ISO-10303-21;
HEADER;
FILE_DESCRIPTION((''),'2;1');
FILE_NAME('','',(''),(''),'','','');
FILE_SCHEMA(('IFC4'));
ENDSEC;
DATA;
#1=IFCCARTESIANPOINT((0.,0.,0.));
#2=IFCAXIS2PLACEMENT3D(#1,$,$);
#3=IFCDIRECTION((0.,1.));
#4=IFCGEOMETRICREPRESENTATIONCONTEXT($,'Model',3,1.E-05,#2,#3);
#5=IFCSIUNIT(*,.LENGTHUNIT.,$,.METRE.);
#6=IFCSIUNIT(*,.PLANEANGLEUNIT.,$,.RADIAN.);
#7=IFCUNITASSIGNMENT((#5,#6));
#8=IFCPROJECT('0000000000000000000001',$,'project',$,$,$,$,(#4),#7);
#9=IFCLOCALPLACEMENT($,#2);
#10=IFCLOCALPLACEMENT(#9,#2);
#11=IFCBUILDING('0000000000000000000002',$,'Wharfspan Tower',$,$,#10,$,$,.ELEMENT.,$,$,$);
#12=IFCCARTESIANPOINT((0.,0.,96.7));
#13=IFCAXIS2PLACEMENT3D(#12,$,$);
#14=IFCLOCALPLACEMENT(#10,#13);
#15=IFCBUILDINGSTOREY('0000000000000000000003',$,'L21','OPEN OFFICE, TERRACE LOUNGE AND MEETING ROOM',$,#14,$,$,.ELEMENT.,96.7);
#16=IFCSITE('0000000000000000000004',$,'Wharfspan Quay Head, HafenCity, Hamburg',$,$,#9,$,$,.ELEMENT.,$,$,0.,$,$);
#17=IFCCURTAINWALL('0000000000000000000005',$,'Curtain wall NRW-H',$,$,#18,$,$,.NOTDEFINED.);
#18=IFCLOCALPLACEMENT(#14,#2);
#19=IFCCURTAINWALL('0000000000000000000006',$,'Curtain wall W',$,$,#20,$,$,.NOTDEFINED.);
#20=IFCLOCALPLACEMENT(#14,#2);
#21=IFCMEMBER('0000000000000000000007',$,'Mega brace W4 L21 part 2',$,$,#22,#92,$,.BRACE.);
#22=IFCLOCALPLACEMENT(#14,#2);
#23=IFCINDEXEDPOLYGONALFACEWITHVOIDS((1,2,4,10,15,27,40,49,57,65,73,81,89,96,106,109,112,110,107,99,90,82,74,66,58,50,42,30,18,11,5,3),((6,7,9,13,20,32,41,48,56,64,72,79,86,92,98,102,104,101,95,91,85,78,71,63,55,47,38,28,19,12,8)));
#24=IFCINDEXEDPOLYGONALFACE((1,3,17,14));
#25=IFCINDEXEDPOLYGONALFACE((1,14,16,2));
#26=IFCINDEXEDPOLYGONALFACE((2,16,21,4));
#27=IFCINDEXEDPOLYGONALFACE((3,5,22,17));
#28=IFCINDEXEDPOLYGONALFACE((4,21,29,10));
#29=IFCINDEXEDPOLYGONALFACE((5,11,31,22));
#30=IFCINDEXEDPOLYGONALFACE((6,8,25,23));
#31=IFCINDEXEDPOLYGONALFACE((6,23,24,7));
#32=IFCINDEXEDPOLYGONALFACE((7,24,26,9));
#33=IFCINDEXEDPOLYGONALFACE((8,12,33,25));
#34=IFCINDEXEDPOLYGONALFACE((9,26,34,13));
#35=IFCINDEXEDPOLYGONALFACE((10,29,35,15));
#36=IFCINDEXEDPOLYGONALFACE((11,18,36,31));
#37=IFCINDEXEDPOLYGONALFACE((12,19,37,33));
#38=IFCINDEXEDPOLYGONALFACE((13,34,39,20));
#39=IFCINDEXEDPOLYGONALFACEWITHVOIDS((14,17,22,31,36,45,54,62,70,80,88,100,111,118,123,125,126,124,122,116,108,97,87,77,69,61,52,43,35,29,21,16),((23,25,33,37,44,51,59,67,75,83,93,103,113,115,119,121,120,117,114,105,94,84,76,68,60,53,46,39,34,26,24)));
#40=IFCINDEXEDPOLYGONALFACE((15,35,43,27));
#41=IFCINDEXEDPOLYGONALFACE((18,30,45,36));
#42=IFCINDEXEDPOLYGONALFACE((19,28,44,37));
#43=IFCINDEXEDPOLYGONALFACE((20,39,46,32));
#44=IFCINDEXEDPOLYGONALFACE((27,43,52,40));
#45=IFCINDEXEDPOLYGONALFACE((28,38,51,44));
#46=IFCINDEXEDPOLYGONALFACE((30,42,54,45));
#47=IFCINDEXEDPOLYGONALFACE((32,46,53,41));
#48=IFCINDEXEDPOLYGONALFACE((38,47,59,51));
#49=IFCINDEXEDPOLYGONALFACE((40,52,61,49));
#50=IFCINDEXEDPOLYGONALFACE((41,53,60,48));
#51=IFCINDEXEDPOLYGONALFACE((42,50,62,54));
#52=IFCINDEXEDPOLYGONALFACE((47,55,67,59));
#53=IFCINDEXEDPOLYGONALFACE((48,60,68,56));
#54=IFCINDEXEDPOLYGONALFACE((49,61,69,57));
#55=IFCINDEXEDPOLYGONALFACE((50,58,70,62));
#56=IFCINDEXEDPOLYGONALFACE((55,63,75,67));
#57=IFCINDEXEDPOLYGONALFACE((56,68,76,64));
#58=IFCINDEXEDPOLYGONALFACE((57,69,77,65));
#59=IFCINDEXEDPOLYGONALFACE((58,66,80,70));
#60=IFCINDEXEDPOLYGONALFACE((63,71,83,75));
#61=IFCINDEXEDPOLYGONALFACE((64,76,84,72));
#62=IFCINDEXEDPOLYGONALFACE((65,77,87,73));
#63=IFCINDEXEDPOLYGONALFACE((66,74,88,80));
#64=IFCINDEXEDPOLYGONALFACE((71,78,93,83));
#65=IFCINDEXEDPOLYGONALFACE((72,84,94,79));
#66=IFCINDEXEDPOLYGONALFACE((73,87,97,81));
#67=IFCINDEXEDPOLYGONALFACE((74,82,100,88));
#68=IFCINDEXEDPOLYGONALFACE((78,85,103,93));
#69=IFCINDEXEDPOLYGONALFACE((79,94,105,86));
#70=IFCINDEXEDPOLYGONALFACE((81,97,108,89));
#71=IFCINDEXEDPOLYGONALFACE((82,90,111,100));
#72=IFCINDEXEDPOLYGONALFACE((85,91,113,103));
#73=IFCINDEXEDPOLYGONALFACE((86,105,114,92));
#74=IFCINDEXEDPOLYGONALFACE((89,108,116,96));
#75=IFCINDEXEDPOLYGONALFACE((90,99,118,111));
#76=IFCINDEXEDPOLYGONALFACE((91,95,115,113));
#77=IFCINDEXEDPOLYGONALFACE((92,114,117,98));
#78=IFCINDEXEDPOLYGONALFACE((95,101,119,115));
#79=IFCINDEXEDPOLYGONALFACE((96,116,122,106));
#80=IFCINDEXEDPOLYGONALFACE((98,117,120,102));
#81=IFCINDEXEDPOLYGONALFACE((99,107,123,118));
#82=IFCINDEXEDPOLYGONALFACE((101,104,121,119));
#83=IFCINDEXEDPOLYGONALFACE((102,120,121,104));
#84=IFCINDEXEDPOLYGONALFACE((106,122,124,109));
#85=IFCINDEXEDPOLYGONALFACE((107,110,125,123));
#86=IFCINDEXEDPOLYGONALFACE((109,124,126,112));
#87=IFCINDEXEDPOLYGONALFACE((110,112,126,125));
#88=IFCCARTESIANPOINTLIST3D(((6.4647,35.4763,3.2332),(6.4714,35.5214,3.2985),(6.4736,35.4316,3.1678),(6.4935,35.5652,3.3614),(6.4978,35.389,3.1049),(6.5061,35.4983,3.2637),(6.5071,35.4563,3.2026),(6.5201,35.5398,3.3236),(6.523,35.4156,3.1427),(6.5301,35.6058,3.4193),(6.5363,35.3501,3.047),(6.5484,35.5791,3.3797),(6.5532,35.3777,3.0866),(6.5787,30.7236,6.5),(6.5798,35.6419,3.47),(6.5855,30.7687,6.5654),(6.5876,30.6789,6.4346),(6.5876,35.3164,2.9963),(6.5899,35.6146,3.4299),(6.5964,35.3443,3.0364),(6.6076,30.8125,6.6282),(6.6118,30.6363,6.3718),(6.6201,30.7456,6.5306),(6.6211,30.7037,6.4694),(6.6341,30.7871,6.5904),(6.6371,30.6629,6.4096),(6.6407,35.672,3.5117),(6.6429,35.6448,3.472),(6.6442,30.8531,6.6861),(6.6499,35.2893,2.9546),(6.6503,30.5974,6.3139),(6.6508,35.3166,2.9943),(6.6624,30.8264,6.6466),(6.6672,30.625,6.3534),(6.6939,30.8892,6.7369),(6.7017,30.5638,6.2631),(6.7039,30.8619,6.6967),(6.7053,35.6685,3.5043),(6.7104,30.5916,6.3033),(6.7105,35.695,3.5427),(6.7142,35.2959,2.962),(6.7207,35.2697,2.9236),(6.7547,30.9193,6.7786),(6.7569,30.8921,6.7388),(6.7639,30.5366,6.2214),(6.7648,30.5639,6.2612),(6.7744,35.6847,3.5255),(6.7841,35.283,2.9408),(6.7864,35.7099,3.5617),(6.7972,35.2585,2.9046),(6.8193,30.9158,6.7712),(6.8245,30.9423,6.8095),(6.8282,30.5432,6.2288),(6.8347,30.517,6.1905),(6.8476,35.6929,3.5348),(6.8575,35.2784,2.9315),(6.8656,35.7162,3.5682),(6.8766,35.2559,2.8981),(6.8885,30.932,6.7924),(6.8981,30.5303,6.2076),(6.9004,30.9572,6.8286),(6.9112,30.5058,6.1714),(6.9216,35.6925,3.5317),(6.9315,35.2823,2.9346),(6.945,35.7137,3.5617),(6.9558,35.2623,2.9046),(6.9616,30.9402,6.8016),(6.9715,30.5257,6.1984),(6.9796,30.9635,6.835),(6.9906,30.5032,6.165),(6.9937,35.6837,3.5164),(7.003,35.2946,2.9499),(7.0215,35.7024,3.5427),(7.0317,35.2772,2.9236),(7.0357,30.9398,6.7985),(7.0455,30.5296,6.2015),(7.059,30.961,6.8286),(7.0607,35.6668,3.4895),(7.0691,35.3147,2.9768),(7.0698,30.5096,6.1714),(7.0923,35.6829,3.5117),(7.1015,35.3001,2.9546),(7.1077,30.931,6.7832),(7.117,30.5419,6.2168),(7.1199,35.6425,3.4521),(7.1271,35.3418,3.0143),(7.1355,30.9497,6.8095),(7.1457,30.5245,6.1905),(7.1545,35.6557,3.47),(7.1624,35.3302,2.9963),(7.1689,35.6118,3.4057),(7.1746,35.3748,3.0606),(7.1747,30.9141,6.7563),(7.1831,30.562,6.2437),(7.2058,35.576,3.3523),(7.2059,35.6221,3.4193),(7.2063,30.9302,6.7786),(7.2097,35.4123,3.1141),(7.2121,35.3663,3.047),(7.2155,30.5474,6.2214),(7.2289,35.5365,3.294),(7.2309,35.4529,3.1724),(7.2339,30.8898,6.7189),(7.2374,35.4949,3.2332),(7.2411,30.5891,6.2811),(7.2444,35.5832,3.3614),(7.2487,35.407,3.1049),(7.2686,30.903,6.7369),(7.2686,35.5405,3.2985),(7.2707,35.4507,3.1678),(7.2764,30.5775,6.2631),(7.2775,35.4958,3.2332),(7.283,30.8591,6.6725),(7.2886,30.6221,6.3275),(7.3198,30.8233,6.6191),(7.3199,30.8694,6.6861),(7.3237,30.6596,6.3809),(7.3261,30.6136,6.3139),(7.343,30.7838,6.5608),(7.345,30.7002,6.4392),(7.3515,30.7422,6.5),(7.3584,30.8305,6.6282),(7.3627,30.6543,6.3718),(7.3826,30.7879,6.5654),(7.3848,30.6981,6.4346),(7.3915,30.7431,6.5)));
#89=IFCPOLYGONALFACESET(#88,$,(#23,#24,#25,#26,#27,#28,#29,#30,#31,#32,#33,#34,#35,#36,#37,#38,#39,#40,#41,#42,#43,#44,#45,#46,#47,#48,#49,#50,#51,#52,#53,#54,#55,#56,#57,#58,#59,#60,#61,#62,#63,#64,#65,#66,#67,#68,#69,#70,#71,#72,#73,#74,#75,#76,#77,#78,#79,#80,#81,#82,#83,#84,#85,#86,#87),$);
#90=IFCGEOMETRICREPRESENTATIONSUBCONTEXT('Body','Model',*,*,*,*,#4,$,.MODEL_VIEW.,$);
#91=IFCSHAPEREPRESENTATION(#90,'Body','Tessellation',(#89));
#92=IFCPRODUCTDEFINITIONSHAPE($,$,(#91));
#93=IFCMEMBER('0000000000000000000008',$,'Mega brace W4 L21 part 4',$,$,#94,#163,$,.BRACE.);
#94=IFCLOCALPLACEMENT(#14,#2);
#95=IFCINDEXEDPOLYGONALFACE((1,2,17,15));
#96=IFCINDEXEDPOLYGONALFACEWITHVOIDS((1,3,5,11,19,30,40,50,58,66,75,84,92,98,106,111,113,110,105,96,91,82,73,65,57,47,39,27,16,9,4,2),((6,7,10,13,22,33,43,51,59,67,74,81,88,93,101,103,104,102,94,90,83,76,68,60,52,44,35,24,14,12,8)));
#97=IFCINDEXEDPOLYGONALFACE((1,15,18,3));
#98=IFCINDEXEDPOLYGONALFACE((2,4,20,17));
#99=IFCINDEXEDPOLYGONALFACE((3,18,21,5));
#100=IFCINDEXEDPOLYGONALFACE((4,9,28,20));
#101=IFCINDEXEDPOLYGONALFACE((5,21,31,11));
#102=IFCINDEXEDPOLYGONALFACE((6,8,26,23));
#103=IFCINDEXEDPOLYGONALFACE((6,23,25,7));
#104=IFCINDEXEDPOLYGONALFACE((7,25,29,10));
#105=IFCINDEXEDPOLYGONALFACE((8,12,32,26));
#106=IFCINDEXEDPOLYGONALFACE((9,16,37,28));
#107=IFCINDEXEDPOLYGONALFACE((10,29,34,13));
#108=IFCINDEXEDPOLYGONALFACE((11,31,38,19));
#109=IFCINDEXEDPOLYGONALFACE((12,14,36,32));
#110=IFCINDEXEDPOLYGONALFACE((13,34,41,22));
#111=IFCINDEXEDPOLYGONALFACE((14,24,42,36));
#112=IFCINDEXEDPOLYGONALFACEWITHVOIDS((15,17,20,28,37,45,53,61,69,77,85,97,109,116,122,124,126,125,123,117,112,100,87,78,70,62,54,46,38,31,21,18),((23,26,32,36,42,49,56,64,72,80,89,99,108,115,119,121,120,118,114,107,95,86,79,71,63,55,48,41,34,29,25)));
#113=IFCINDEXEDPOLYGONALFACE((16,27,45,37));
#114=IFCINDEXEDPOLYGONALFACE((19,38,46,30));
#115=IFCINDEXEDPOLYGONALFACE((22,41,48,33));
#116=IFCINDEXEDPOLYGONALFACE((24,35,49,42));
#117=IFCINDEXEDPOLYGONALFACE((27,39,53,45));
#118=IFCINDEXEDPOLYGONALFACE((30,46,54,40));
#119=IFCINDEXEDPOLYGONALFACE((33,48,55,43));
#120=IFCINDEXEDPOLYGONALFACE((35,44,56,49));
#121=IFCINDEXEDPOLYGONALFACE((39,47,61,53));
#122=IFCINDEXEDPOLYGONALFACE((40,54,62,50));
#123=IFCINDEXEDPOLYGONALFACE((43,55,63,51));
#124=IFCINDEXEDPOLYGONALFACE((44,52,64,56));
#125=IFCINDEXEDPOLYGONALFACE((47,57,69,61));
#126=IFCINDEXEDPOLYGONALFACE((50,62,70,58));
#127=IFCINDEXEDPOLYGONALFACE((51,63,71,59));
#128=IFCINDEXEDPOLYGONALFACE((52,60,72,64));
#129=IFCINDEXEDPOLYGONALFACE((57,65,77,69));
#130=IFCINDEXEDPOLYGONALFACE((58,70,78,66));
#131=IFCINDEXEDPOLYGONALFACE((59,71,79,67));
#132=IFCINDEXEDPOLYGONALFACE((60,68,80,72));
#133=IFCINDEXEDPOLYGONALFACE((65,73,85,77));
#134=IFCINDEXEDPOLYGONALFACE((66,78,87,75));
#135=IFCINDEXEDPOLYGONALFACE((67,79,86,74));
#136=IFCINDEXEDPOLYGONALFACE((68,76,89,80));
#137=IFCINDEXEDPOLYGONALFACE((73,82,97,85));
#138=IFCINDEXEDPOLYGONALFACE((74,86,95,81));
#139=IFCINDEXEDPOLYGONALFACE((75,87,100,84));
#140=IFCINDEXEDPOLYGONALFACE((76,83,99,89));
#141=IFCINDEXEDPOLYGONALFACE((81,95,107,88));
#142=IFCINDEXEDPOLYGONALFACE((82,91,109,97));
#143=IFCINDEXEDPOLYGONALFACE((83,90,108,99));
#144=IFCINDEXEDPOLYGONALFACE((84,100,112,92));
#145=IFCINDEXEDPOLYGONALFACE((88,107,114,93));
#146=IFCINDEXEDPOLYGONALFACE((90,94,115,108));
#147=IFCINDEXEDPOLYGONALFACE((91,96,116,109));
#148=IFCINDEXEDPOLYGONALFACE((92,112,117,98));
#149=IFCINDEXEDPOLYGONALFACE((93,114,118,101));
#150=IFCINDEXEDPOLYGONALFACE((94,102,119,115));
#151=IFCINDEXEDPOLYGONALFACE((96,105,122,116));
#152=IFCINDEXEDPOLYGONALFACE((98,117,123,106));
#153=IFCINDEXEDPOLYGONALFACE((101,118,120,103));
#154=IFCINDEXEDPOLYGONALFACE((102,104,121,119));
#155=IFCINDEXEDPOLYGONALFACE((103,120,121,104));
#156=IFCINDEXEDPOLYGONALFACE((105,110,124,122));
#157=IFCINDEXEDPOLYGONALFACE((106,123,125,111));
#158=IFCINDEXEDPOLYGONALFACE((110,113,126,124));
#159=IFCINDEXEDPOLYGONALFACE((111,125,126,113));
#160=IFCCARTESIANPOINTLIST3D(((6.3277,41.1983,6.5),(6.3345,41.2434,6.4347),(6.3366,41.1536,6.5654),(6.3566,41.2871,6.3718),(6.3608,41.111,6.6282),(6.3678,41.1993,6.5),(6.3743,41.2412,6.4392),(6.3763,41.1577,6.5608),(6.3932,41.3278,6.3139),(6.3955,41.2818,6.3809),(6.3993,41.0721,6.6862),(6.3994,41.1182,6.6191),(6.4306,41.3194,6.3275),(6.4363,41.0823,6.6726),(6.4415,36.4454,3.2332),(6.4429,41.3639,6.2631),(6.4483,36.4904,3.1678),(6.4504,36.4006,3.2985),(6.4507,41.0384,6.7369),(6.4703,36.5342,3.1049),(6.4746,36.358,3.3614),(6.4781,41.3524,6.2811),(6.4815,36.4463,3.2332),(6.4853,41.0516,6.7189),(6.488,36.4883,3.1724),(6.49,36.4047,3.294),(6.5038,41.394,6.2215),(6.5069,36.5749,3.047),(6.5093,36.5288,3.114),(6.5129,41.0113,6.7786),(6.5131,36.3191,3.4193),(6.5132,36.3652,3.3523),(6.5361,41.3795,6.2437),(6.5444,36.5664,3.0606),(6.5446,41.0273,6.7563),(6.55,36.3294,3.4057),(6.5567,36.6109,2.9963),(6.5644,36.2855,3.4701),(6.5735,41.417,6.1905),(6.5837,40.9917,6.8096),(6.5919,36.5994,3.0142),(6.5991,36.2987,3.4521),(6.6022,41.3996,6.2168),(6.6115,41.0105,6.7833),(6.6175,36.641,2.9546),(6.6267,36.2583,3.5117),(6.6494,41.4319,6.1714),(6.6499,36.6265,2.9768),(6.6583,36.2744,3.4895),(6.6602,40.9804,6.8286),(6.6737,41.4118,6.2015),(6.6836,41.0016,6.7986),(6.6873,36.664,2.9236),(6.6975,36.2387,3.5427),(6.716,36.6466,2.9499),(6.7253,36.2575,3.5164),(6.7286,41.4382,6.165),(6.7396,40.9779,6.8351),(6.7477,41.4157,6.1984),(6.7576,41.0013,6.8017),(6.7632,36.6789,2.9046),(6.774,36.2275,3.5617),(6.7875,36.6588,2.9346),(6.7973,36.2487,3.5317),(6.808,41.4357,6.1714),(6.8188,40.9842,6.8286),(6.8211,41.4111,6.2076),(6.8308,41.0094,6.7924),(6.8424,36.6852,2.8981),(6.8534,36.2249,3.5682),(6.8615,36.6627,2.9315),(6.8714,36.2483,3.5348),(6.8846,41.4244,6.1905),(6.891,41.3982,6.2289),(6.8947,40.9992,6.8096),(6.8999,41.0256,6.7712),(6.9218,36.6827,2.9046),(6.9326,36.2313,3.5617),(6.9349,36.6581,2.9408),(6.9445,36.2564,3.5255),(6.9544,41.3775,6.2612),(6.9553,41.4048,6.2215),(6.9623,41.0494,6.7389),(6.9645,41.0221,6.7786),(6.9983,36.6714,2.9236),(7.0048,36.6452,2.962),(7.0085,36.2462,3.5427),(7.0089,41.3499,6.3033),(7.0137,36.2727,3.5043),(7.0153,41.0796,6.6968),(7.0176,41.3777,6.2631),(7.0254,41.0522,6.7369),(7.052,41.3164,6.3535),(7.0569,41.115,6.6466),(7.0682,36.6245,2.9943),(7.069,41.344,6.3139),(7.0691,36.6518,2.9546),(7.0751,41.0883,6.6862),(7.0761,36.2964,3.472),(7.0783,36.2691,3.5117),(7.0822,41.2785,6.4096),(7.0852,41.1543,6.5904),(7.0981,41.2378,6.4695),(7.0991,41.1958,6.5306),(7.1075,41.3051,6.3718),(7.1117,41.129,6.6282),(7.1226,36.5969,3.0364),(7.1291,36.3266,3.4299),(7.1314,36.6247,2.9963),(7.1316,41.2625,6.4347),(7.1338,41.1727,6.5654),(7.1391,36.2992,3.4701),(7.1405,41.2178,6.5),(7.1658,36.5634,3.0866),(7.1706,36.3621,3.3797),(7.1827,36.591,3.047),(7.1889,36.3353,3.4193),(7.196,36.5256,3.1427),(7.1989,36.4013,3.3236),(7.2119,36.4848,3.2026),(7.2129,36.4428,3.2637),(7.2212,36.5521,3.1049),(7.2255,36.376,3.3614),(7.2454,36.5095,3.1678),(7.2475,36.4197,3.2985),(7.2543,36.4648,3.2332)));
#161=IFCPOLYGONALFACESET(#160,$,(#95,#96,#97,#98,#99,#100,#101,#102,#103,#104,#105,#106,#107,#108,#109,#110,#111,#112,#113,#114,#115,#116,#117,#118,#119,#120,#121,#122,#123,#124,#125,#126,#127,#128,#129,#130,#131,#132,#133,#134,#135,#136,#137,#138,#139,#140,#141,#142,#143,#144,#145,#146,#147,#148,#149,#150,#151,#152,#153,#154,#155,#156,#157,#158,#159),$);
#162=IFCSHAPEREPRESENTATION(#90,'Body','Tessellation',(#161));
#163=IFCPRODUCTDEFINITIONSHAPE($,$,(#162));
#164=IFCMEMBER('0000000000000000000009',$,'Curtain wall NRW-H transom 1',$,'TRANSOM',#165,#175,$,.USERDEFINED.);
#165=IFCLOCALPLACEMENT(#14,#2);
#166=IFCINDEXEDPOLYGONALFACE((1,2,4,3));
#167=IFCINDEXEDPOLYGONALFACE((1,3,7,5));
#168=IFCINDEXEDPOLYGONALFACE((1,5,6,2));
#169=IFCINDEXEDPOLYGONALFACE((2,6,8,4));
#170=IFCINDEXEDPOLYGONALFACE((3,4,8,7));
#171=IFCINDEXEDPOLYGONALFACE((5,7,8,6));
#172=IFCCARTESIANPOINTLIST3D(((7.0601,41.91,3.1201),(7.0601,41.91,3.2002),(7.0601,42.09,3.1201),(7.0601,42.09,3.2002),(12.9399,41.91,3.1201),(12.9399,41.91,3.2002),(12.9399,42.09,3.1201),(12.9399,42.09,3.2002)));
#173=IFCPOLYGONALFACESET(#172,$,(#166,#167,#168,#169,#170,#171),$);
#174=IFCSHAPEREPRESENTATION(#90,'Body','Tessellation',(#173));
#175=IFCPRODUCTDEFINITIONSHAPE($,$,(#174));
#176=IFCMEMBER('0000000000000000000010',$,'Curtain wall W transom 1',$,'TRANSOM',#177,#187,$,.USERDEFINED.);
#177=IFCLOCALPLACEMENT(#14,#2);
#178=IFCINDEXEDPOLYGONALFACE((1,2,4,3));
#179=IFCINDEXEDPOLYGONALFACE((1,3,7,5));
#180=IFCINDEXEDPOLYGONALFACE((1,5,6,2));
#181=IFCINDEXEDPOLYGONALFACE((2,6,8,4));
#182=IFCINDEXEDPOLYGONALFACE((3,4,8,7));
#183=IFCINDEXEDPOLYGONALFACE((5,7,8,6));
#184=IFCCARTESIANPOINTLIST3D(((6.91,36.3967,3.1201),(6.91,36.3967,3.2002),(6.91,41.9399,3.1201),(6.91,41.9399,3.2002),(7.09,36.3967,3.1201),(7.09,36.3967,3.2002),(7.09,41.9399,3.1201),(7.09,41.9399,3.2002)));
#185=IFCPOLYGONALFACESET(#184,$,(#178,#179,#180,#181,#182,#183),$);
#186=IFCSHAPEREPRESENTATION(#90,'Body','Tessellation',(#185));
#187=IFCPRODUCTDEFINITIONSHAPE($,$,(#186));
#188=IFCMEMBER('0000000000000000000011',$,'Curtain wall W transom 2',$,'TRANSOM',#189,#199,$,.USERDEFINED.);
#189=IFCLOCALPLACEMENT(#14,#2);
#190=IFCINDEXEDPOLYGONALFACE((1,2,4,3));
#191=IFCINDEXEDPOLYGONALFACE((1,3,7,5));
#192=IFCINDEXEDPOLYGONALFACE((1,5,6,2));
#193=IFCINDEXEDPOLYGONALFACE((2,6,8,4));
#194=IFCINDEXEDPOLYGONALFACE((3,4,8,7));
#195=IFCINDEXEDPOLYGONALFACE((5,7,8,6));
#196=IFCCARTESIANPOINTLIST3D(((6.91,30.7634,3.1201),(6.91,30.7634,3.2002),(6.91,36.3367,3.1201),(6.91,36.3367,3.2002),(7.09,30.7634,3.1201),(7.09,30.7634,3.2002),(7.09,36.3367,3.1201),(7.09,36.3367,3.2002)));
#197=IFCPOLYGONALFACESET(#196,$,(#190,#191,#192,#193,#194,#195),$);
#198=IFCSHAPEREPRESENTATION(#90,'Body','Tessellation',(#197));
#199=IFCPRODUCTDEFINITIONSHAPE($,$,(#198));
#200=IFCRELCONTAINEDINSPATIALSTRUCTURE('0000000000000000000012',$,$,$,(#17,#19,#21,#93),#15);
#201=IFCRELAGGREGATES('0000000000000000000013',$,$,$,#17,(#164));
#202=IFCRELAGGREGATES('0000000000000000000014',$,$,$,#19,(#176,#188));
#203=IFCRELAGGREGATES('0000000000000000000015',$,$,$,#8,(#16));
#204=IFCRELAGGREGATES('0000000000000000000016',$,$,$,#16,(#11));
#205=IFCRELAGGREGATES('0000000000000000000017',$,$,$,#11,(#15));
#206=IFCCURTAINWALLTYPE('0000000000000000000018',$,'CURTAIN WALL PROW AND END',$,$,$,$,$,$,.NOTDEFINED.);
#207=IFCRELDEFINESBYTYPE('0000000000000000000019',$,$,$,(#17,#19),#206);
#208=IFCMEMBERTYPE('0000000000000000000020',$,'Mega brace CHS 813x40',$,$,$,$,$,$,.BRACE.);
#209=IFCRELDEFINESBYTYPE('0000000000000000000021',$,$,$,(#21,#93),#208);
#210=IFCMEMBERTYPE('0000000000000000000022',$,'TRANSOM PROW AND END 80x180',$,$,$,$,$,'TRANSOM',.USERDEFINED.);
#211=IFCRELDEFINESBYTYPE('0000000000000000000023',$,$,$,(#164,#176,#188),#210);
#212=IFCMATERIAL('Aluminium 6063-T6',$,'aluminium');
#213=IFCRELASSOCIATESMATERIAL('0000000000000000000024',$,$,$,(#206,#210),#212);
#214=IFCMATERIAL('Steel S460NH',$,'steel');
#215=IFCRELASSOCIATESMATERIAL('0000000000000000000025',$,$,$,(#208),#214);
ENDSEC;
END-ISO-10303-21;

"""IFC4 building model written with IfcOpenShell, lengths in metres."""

from ifc_helpers import new_model, si_unit, direction, frame, origin, origin_2d, place, context, subcontext, project, spatial, rectangle, hollow_circle, extrude, material, material_profile, profile_set, type_object, element, aggregate, save


model = new_model("IFC4")

# Units and contexts
model_context = context("Model", 3, precision=1e-05, world=origin(), true_north=direction((0.0, 1.0)))
body_context = subcontext(model_context, "Body", "Model", "MODEL_VIEW")
ifc_project = project(units=[si_unit("LENGTHUNIT", "METRE"), si_unit("PLANEANGLEUNIT", "RADIAN")], contexts=[model_context])

# Site, building, storey
site_placement = place(None, origin())
site = spatial("IfcSite", under=ifc_project, at=site_placement, Name="Wharfspan Quay Head, HafenCity, Hamburg", CompositionType="ELEMENT", RefElevation=0.0)
building_placement = place(site_placement, origin())
building = spatial("IfcBuilding", under=site, at=building_placement, Name="Wharfspan Tower", CompositionType="ELEMENT")
storey_placement = place(building_placement, frame((0.0, 0.0, 96.7)))
storey = spatial("IfcBuildingStorey", under=building, at=storey_placement, Name="L21", Description="OPEN OFFICE, TERRACE LOUNGE AND MEETING ROOM", CompositionType="ELEMENT", Elevation=96.7)

# Shared definitions
ifc_material_1 = material(Name="Steel S460NH", Category="steel")

# Curtain walls
ifc_material_2 = material(Name="Aluminium 6063-T6", Category="aluminium")
curtain_wall_type = type_object("IfcCurtainWallType", Name="CURTAIN WALL PROW AND END", PredefinedType="NOTDEFINED", material=ifc_material_2)
curtain_wall_1_placement = place(storey_placement, origin())
curtain_wall_1 = element("IfcCurtainWall", 1, at=curtain_wall_1_placement, inside=storey, type_object=curtain_wall_type, Name="Curtain wall NRW-H", PredefinedType="NOTDEFINED")
curtain_wall_2_placement = place(storey_placement, origin())
curtain_wall_2 = element("IfcCurtainWall", 2, at=curtain_wall_2_placement, inside=storey, type_object=curtain_wall_type, Name="Curtain wall W", PredefinedType="NOTDEFINED")

# Members
ifc_material_profile_1 = material_profile(ifc_material_1, hollow_circle(Radius=0.4065, WallThickness=0.04, at=origin_2d()))
ifc_profile_set_1 = profile_set([ifc_material_profile_1], Name="Steel S460NH")
member_type_1 = type_object("IfcMemberType", Name="Mega brace CHS 813x40", PredefinedType="BRACE", material=ifc_profile_set_1)
member_1_placement = place(storey_placement, frame((6.8711, 35.4861, 3.2332), z_axis=(0.019766, -0.823932, 0.566344), x_axis=(0.999712, 0.023985, 0.000003)))
element("IfcMember", 3, at=member_1_placement, inside=storey, type_object=member_type_1, Name="Mega brace W4 L21 part 2", PredefinedType="BRACE", context=body_context, shape_type="SweptSolid", body=[
    extrude(hollow_circle(Radius=0.4065, WallThickness=0.04, at=origin_2d()), origin(), (0.0, 0.0, 1.0), 5.7683),
])
member_2_placement = place(storey_placement, frame((6.8479, 36.4551, 3.2332), z_axis=(-0.019723, 0.823946, 0.566325), x_axis=(-0.999713, -0.023929, -0.000002)))
element("IfcMember", 4, at=member_2_placement, inside=storey, type_object=member_type_1, Name="Mega brace W4 L21 part 4", PredefinedType="BRACE", context=body_context, shape_type="SweptSolid", body=[
    extrude(hollow_circle(Radius=0.4065, WallThickness=0.04, at=origin_2d()), origin(), (0.0, 0.0, 1.0), 5.7686),
])

# Members
ifc_material_profile_2 = material_profile(ifc_material_2, rectangle(XDim=0.1799, YDim=0.0801, at=origin_2d()))
ifc_profile_set_2 = profile_set([ifc_material_profile_2], Name="Aluminium 6063-T6")
member_type_2 = type_object("IfcMemberType", Name="TRANSOM PROW AND END 80x180", ElementType="TRANSOM", PredefinedType="USERDEFINED", material=ifc_profile_set_2)
member_3_placement = place(storey_placement, frame((12.9399, 42.0, 3.1602), z_axis=(-1.0, 0.0, 0.0), x_axis=(0.0, -1.0, 0.0)))
member_3 = element("IfcMember", 5, at=member_3_placement, type_object=member_type_2, Name="Curtain wall NRW-H transom 1", ObjectType="TRANSOM", PredefinedType="USERDEFINED", context=body_context, shape_type="SweptSolid", body=[
    extrude(rectangle(XDim=0.1799, YDim=0.0801, at=origin_2d()), origin(), (0.0, 0.0, 1.0), 5.8799),
])
member_4_placement = place(storey_placement, frame((7.0, 41.9399, 3.1602), z_axis=(0.0, -1.0, 0.0), x_axis=(1.0, 0.0, 0.0)))
member_4 = element("IfcMember", 6, at=member_4_placement, type_object=member_type_2, Name="Curtain wall W transom 1", ObjectType="TRANSOM", PredefinedType="USERDEFINED", context=body_context, shape_type="SweptSolid", body=[
    extrude(rectangle(XDim=0.1799, YDim=0.0801, at=origin_2d()), origin(), (0.0, 0.0, 1.0), 5.5432),
])
member_5_placement = place(storey_placement, frame((7.0, 36.3367, 3.1602), z_axis=(0.0, -1.0, 0.0), x_axis=(1.0, 0.0, 0.0)))
member_5 = element("IfcMember", 7, at=member_5_placement, type_object=member_type_2, Name="Curtain wall W transom 2", ObjectType="TRANSOM", PredefinedType="USERDEFINED", context=body_context, shape_type="SweptSolid", body=[
    extrude(rectangle(XDim=0.1799, YDim=0.0801, at=origin_2d()), origin(), (0.0, 0.0, 1.0), 5.5732),
])

aggregate(curtain_wall_1, [member_3])
aggregate(curtain_wall_2, [member_4, member_5])

save(model, "model.ifc")
